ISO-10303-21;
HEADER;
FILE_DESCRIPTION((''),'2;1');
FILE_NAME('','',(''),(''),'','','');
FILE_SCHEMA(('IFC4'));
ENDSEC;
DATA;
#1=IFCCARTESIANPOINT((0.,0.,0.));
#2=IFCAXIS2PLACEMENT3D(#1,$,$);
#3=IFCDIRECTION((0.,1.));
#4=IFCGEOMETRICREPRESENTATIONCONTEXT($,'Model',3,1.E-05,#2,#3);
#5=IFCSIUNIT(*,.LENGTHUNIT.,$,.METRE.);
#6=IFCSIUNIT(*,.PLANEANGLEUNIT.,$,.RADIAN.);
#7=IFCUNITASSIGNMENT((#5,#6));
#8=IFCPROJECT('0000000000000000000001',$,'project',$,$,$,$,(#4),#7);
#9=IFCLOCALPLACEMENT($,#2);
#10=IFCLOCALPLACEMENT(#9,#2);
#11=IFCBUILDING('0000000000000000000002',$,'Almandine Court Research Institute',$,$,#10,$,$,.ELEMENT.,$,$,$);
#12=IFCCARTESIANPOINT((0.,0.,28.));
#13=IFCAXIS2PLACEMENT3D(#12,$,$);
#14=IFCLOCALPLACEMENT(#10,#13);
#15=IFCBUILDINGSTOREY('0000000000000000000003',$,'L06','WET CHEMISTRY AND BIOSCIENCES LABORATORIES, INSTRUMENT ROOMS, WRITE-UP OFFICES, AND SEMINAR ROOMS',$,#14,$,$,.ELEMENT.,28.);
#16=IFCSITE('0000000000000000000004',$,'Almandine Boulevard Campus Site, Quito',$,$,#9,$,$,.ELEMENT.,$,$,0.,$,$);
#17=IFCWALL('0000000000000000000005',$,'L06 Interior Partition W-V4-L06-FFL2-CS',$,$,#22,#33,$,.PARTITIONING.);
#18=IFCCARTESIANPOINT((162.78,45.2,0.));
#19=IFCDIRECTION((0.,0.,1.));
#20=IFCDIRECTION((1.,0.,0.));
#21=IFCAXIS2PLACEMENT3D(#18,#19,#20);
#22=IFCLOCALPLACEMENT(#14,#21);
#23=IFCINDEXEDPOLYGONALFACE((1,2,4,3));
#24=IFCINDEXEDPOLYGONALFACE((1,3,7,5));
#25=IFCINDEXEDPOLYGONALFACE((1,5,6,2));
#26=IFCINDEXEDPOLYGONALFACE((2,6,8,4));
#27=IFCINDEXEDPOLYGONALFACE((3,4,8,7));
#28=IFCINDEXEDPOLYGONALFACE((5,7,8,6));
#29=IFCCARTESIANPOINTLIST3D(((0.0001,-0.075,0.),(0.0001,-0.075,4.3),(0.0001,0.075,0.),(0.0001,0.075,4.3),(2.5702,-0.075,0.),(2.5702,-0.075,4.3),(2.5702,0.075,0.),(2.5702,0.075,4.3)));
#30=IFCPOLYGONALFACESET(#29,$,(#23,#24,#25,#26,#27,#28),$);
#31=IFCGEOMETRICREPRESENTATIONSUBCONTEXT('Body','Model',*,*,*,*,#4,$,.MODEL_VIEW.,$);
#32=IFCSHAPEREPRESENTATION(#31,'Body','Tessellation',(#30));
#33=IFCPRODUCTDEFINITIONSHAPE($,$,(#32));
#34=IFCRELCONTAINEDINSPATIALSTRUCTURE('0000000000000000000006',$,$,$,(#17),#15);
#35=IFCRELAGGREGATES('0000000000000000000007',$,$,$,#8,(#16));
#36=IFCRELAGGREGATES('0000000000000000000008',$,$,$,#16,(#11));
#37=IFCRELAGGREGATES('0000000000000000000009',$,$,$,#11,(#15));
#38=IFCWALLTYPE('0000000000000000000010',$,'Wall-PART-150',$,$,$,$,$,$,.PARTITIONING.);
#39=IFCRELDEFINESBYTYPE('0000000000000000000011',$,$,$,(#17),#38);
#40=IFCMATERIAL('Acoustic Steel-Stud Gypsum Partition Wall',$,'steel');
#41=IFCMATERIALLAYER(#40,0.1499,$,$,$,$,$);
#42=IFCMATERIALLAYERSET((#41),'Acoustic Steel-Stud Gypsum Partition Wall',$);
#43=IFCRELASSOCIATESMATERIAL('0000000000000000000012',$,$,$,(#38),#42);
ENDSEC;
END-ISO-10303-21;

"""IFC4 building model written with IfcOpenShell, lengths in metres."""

from ifc_helpers import new_model, si_unit, direction, frame, frame_2d, origin, place, context, subcontext, project, spatial, rectangle, extrude, material, layer, layer_set, type_object, element, save


model = new_model("IFC4")

# Units and contexts
model_context = context("Model", 3, precision=1e-05, world=origin(), true_north=direction((0.0, 1.0)))
body_context = subcontext(model_context, "Body", "Model", "MODEL_VIEW")
ifc_project = project(units=[si_unit("LENGTHUNIT", "METRE"), si_unit("PLANEANGLEUNIT", "RADIAN")], contexts=[model_context])

# Site, building, storey
site_placement = place(None, origin())
site = spatial("IfcSite", under=ifc_project, at=site_placement, Name="Almandine Boulevard Campus Site, Quito", CompositionType="ELEMENT", RefElevation=0.0)
building_placement = place(site_placement, origin())
building = spatial("IfcBuilding", under=site, at=building_placement, Name="Almandine Court Research Institute", CompositionType="ELEMENT")
storey_placement = place(building_placement, frame((0.0, 0.0, 28.0)))
storey = spatial("IfcBuildingStorey", under=building, at=storey_placement, Name="L06", Description="WET CHEMISTRY AND BIOSCIENCES LABORATORIES, INSTRUMENT ROOMS, WRITE-UP OFFICES, AND SEMINAR ROOMS", CompositionType="ELEMENT", Elevation=28.0)

# Shared definitions
ifc_material_1 = material(Name="Acoustic Steel-Stud Gypsum Partition Wall", Category="steel")
ifc_layer_1 = layer(ifc_material_1, 0.1499)
ifc_layer_set_1 = layer_set([ifc_layer_1], Name="Acoustic Steel-Stud Gypsum Partition Wall")
wall_type_1 = type_object("IfcWallType", Name="Wall-PART-150", PredefinedType="PARTITIONING", material=ifc_layer_set_1)

# Wall
wall_1_placement = place(storey_placement, frame((162.78, 45.2, 0.0), z_axis=(0.0, 0.0, 1.0), x_axis=(1.0, 0.0, 0.0)))
element("IfcWall", 1, at=wall_1_placement, inside=storey, type_object=wall_type_1, Name="L06 Interior Partition W-V4-L06-FFL2-CS", PredefinedType="PARTITIONING", context=body_context, shape_type="SweptSolid", body=[
    extrude(rectangle(XDim=2.5701, YDim=0.1499, at=frame_2d((1.2852, 0.0))), origin(), (0.0, 0.0, 1.0), 4.3),
])

save(model, "model.ifc")
